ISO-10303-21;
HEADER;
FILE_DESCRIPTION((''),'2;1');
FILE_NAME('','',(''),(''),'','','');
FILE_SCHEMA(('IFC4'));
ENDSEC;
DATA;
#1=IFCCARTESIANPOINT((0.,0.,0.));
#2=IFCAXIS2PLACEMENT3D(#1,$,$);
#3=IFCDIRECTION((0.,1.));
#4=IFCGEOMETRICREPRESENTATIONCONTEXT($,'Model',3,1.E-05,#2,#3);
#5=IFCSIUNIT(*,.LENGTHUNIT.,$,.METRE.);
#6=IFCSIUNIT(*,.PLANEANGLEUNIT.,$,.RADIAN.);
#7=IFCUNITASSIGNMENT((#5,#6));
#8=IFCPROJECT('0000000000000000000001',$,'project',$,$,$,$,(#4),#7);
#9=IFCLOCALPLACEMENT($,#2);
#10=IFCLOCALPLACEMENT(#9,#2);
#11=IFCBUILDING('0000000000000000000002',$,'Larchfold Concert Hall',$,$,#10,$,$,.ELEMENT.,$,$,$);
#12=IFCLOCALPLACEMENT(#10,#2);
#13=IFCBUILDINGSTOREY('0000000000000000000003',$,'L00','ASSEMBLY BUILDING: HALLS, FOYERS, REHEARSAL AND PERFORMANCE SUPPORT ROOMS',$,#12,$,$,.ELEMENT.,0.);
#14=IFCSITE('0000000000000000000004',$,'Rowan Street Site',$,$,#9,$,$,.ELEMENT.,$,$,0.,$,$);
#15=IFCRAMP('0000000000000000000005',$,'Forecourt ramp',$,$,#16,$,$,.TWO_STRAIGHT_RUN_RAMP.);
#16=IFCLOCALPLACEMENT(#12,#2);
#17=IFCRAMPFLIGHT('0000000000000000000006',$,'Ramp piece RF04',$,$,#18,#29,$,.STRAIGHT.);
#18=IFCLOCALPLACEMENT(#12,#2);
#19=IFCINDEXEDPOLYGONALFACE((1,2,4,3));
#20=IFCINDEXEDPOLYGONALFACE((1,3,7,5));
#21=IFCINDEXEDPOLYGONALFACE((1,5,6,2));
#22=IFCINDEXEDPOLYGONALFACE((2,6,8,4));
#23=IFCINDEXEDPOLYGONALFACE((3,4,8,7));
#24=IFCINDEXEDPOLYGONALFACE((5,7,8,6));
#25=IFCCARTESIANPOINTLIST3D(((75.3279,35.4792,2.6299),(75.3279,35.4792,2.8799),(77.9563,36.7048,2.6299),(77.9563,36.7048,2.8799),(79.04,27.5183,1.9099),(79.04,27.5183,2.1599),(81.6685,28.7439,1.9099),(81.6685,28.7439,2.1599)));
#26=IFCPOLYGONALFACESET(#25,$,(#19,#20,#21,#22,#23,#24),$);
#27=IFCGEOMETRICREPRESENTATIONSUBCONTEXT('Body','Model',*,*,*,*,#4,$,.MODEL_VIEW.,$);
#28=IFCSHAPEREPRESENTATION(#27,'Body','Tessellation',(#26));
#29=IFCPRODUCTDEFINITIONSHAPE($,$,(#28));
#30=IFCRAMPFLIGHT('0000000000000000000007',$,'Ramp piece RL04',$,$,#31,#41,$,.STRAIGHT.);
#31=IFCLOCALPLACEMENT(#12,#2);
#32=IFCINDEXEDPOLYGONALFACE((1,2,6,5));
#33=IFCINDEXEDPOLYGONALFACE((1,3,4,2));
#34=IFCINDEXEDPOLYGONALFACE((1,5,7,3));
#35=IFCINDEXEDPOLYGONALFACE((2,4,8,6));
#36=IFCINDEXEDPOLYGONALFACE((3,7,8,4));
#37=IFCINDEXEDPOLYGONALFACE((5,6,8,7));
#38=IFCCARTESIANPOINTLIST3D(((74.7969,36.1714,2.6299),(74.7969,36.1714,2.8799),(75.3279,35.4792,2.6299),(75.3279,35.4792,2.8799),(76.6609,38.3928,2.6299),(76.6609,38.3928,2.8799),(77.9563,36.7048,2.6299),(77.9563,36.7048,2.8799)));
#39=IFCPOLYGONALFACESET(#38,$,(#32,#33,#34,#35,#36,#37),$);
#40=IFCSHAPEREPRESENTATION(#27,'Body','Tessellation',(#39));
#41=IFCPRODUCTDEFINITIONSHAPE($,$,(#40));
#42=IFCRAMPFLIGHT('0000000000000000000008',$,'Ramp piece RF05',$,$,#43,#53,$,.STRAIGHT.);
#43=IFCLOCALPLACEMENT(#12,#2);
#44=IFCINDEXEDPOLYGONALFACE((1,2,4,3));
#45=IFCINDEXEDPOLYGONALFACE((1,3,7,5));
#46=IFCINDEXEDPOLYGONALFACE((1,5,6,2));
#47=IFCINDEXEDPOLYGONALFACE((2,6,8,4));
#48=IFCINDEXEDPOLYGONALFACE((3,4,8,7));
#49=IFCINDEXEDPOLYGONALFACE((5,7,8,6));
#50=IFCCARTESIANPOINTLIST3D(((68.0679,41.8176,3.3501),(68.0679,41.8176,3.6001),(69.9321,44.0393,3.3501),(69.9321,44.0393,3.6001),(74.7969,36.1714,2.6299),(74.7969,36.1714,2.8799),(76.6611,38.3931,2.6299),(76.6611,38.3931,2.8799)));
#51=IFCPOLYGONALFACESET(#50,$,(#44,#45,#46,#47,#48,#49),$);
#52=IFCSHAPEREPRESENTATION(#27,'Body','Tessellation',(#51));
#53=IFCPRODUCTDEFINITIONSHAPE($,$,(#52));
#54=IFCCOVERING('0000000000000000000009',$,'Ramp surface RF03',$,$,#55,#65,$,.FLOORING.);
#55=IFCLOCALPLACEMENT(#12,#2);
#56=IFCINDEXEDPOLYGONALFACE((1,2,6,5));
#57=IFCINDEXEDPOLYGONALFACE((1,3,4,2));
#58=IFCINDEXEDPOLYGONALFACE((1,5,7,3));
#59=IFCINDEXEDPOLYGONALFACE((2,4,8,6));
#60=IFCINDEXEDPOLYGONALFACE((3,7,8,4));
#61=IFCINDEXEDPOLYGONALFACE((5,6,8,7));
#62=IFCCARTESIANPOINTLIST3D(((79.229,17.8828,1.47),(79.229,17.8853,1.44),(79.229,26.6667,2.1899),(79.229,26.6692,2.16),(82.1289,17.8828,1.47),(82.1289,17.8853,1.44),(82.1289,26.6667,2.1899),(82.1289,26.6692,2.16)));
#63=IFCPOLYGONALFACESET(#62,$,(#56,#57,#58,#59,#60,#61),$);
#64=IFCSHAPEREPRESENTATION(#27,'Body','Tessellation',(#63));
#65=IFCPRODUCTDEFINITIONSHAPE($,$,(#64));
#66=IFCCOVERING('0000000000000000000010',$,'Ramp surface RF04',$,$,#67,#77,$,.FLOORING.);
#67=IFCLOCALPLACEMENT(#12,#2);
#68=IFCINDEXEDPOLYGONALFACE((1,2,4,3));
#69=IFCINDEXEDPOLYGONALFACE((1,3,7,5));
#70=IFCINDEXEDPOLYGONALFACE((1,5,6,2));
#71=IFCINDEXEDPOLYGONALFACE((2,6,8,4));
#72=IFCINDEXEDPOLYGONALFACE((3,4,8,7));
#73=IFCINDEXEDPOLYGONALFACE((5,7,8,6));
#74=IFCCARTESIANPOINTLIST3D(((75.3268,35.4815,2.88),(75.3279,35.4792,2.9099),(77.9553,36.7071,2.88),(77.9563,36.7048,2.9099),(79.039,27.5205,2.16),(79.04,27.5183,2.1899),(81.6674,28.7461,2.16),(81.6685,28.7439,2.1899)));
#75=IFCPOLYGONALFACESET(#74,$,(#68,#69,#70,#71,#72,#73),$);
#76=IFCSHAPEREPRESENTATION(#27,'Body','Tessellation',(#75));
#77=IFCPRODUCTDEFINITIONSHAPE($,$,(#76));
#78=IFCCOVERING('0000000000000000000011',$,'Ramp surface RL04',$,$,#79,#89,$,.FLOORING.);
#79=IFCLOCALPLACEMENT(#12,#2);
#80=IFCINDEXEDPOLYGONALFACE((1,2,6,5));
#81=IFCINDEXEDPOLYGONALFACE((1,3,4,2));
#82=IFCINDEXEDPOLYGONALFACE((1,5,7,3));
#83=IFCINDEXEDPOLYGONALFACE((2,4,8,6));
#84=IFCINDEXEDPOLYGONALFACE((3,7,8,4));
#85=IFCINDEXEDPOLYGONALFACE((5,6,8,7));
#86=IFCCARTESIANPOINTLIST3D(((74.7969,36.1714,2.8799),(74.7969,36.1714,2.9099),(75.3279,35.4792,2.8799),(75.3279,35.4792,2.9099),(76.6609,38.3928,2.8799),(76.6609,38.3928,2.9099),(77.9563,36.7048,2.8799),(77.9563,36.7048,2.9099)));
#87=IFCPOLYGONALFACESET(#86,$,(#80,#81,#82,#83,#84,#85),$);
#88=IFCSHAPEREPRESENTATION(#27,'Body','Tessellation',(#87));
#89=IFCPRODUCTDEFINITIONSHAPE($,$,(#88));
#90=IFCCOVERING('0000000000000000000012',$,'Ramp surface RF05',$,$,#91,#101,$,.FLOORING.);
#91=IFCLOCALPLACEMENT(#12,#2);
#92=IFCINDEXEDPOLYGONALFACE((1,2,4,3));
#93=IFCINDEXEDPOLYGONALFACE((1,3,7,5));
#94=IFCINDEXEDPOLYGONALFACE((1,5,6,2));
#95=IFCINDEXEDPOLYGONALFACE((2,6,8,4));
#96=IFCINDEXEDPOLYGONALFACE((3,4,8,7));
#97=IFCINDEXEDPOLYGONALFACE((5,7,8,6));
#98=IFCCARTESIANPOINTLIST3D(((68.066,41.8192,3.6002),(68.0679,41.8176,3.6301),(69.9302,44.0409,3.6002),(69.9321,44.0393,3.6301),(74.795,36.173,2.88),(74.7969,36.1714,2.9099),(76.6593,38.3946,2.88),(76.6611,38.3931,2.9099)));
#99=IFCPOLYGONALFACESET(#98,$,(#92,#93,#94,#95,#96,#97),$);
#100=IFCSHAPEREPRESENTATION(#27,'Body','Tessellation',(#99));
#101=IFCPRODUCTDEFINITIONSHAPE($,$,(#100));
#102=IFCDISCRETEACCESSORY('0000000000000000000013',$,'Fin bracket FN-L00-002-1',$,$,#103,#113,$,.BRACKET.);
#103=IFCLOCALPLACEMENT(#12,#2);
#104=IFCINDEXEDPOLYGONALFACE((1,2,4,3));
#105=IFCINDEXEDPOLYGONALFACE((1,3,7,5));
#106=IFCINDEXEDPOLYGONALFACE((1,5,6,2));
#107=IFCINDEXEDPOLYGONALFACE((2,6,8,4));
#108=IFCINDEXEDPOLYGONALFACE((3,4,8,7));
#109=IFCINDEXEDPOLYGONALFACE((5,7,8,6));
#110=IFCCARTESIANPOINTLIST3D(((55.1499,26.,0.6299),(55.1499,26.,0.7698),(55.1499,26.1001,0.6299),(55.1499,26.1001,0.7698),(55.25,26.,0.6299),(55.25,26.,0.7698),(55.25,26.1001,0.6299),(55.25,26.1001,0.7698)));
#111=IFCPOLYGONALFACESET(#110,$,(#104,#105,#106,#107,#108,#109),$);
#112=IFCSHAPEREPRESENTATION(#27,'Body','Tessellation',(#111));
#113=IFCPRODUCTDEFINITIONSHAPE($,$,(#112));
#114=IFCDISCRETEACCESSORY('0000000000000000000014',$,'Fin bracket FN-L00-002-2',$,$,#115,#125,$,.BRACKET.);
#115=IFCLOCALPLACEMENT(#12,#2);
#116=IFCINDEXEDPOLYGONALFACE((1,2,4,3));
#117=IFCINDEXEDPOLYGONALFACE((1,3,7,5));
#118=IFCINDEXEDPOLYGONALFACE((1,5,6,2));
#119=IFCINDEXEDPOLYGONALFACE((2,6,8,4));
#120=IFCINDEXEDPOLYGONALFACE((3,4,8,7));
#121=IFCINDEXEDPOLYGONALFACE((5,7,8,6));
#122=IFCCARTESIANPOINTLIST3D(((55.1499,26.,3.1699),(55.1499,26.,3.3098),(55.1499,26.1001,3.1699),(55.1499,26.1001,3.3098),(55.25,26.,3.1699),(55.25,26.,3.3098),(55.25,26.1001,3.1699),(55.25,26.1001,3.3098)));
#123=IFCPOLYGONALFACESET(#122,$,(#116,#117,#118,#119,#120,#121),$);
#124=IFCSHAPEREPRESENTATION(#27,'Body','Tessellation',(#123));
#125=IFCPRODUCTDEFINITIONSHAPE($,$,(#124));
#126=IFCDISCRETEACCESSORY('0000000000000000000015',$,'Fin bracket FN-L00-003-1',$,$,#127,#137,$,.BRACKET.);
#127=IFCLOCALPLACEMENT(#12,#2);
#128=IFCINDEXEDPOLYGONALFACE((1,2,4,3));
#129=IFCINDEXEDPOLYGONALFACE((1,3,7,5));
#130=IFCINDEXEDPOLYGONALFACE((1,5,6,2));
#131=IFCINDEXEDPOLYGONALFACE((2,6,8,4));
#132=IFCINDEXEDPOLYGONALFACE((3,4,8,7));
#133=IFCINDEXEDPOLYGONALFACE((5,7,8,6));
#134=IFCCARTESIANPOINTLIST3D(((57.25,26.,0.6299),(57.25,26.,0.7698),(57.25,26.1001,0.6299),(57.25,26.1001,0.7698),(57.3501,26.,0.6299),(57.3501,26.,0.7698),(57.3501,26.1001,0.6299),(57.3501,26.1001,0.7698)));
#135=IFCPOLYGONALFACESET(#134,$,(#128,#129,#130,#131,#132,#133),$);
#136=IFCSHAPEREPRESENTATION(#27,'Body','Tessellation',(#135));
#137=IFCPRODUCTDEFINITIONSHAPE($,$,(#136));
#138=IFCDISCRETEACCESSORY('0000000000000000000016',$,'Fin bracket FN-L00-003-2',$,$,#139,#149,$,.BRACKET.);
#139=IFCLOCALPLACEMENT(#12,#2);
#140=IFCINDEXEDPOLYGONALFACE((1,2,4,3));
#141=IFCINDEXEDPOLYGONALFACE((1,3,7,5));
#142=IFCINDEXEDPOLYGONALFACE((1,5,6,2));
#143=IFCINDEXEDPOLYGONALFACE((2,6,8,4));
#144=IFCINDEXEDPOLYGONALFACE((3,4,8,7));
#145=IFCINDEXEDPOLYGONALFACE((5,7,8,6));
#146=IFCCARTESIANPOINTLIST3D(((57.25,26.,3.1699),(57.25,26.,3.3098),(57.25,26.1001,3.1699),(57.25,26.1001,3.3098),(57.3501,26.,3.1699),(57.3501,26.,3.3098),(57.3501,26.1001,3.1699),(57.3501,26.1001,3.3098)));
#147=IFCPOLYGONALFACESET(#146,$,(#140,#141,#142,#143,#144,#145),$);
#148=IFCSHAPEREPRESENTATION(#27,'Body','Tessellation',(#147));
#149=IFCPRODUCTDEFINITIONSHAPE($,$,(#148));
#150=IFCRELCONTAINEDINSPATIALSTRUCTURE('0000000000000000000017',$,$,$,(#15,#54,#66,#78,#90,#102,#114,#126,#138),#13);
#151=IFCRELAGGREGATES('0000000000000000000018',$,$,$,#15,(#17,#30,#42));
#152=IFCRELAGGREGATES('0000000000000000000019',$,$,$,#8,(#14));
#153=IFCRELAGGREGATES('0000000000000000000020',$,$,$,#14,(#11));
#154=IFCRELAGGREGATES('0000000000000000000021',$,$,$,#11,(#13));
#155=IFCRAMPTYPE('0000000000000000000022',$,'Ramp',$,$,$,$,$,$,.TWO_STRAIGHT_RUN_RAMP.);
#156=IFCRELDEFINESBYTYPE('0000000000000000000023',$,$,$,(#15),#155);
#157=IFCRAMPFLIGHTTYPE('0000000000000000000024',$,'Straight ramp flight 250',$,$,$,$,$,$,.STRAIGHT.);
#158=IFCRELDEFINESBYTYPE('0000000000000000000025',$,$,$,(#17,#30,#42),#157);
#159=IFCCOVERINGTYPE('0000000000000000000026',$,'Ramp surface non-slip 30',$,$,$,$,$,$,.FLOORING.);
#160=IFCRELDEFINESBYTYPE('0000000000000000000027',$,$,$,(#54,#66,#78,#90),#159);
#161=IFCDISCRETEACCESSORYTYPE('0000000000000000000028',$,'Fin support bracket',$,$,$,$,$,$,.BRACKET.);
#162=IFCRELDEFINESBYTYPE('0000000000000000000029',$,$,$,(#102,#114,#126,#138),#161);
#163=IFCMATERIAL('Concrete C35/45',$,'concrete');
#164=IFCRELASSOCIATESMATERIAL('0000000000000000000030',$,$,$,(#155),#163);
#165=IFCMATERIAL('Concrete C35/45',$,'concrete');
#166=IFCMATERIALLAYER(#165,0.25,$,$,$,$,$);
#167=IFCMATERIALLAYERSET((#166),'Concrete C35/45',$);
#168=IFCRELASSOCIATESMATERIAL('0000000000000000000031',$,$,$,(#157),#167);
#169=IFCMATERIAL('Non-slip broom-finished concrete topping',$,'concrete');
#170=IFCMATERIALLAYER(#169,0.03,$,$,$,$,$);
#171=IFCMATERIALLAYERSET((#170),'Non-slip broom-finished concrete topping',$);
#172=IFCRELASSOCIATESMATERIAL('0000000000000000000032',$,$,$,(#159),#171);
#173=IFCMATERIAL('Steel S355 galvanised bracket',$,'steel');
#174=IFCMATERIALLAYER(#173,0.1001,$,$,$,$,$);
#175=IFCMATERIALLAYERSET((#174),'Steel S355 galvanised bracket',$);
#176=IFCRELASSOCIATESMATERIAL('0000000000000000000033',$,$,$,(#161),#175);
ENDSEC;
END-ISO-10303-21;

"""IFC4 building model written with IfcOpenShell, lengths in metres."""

from ifc_helpers import new_model, si_unit, direction, frame, origin, origin_2d, place, context, subcontext, project, spatial, polyline, rectangle, outline, extrude, material, layer, layer_set, type_object, element, aggregate, save


model = new_model("IFC4")

# Units and contexts
model_context = context("Model", 3, precision=1e-05, world=origin(), true_north=direction((0.0, 1.0)))
body_context = subcontext(model_context, "Body", "Model", "MODEL_VIEW")
ifc_project = project(units=[si_unit("LENGTHUNIT", "METRE"), si_unit("PLANEANGLEUNIT", "RADIAN")], contexts=[model_context])

# Site, building, storey
site_placement = place(None, origin())
site = spatial("IfcSite", under=ifc_project, at=site_placement, Name="Rowan Street Site", CompositionType="ELEMENT", RefElevation=0.0)
building_placement = place(site_placement, origin())
building = spatial("IfcBuilding", under=site, at=building_placement, Name="Larchfold Concert Hall", CompositionType="ELEMENT")
storey_placement = place(building_placement, origin())
storey = spatial("IfcBuildingStorey", under=building, at=storey_placement, Name="L00", Description="ASSEMBLY BUILDING: HALLS, FOYERS, REHEARSAL AND PERFORMANCE SUPPORT ROOMS", CompositionType="ELEMENT", Elevation=0.0)

# Ramp, ramp flights
ifc_material_1 = material(Name="Concrete C35/45", Category="concrete")
ramp_type = type_object("IfcRampType", Name="Ramp", PredefinedType="TWO_STRAIGHT_RUN_RAMP", material=ifc_material_1)
ramp_placement = place(storey_placement, origin())
ramp = element("IfcRamp", 1, at=ramp_placement, inside=storey, type_object=ramp_type, Name="Forecourt ramp", PredefinedType="TWO_STRAIGHT_RUN_RAMP")
ifc_material_2 = material(Name="Concrete C35/45", Category="concrete")
ifc_layer_1 = layer(ifc_material_2, 0.25)
ifc_layer_set_1 = layer_set([ifc_layer_1], Name="Concrete C35/45")
ramp_flight_type = type_object("IfcRampFlightType", Name="Straight ramp flight 250", PredefinedType="STRAIGHT", material=ifc_layer_set_1)
ramp_flight_1_placement = place(storey_placement, frame((79.04, 27.5183, 2.1599), z_axis=(0.034523, -0.074038, 0.996658), x_axis=(-0.421198, 0.903282, 0.081691)))
ramp_flight_1 = element("IfcRampFlight", 2, at=ramp_flight_1_placement, type_object=ramp_flight_type, Name="Ramp piece RF04", PredefinedType="STRAIGHT", context=body_context, shape_type="SweptSolid", body=[
    extrude(outline(polyline([(0.0, 0.0), (8.8133, 0.0), (8.8133, -2.9001), (0.0, -2.9001), (0.0, 0.0)])), origin(), (-0.081691, 0.000001, -0.996658), 0.25),
])
ramp_flight_2_placement = place(storey_placement, frame((75.3279, 35.4792, 2.8799), z_axis=(0.0, 0.0, 1.0), x_axis=(-0.608696, 0.793404, 0.0)))
ramp_flight_2 = element("IfcRampFlight", 3, at=ramp_flight_2_placement, type_object=ramp_flight_type, Name="Ramp piece RL04", PredefinedType="STRAIGHT", context=body_context, shape_type="SweptSolid", body=[
    extrude(outline(polyline([(0.0, 0.0), (0.8724, 0.0), (1.5002, -2.8311), (-0.6275, -2.8314), (0.0, 0.0)])), origin(), (0.0, 0.0, -1.0), 0.25),
])
ramp_flight_3_placement = place(storey_placement, frame((74.7969, 36.1714, 2.8799), z_axis=(0.062598, -0.052527, 0.996656), x_axis=(-0.763486, 0.640634, 0.081717)))
ramp_flight_3 = element("IfcRampFlight", 4, at=ramp_flight_3_placement, type_object=ramp_flight_type, Name="Ramp piece RF05", PredefinedType="STRAIGHT", context=body_context, shape_type="SweptSolid", body=[
    extrude(outline(polyline([(0.0, 0.0), (8.8135, 0.0), (8.8135, -2.9002), (-0.0001, -2.9002), (0.0, 0.0)])), origin(), (-0.081717, 0.000001, -0.996656), 0.25),
])
aggregate(ramp, [ramp_flight_1, ramp_flight_2, ramp_flight_3])

# Coverings
ifc_material_3 = material(Name="Non-slip broom-finished concrete topping", Category="concrete")
ifc_layer_2 = layer(ifc_material_3, 0.03)
ifc_layer_set_2 = layer_set([ifc_layer_2], Name="Non-slip broom-finished concrete topping")
covering_type = type_object("IfcCoveringType", Name="Ramp surface non-slip 30", PredefinedType="FLOORING", material=ifc_layer_set_2)
covering_1_placement = place(storey_placement, frame((79.229, 17.8828, 1.47), z_axis=(0.0, -0.081691, 0.996658), x_axis=(0.0, 0.996658, 0.081691)))
element("IfcCovering", 5, at=covering_1_placement, inside=storey, type_object=covering_type, Name="Ramp surface RF03", PredefinedType="FLOORING", context=body_context, shape_type="SweptSolid", body=[
    extrude(outline(polyline([(0.0, 0.0), (8.8134, 0.0), (8.8134, -2.8999), (0.0, -2.8999), (0.0, 0.0)])), origin(), (0.0, 0.0, -1.0), 0.03),
])
covering_2_placement = place(storey_placement, frame((79.04, 27.5183, 2.1899), z_axis=(0.034523, -0.074038, 0.996658), x_axis=(-0.421198, 0.903282, 0.081691)))
element("IfcCovering", 6, at=covering_2_placement, inside=storey, type_object=covering_type, Name="Ramp surface RF04", PredefinedType="FLOORING", context=body_context, shape_type="SweptSolid", body=[
    extrude(outline(polyline([(0.0, 0.0), (8.8133, 0.0), (8.8133, -2.9001), (0.0, -2.9001), (0.0, 0.0)])), origin(), (0.0, 0.0, -1.0), 0.03),
])
covering_3_placement = place(storey_placement, frame((75.3279, 35.4792, 2.9099), z_axis=(0.0, 0.0, 1.0), x_axis=(-0.608696, 0.793404, 0.0)))
element("IfcCovering", 7, at=covering_3_placement, inside=storey, type_object=covering_type, Name="Ramp surface RL04", PredefinedType="FLOORING", context=body_context, shape_type="SweptSolid", body=[
    extrude(outline(polyline([(0.0, 0.0), (0.8724, 0.0), (1.5002, -2.8311), (-0.6275, -2.8314), (0.0, 0.0)])), origin(), (0.0, 0.0, -1.0), 0.03),
])
covering_4_placement = place(storey_placement, frame((74.7969, 36.1714, 2.9099), z_axis=(0.062598, -0.052527, 0.996656), x_axis=(-0.763486, 0.640634, 0.081717)))
element("IfcCovering", 8, at=covering_4_placement, inside=storey, type_object=covering_type, Name="Ramp surface RF05", PredefinedType="FLOORING", context=body_context, shape_type="SweptSolid", body=[
    extrude(outline(polyline([(0.0, 0.0), (8.8135, 0.0), (8.8135, -2.9002), (-0.0001, -2.9002), (0.0, 0.0)])), origin(), (0.0, 0.0, -1.0), 0.03),
])

# Discrete accessories
ifc_material_4 = material(Name="Steel S355 galvanised bracket", Category="steel")
ifc_layer_3 = layer(ifc_material_4, 0.1001)
ifc_layer_set_3 = layer_set([ifc_layer_3], Name="Steel S355 galvanised bracket")
discrete_accessory_type = type_object("IfcDiscreteAccessoryType", Name="Fin support bracket", PredefinedType="BRACKET", material=ifc_layer_set_3)
for number, where, z_axis, x_axis, name in (
    (9, (55.2, 26.05, 0.6299), (0.0, 0.0, 1.0), (0.0, 1.0, 0.0), "Fin bracket FN-L00-002-1"),
    (10, (55.2, 26.05, 3.1699), (0.0, 0.0, 1.0), (0.0, 1.0, 0.0), "Fin bracket FN-L00-002-2"),
    (11, (57.3, 26.05, 0.6299), (0.0, 0.0, 1.0), (0.0, 1.0, 0.0), "Fin bracket FN-L00-003-1"),
    (12, (57.3, 26.05, 3.1699), (0.0, 0.0, 1.0), (0.0, 1.0, 0.0), "Fin bracket FN-L00-003-2"),
):
    element("IfcDiscreteAccessory", number, at=place(storey_placement, frame(where, z_axis=z_axis, x_axis=x_axis)), inside=storey, type_object=discrete_accessory_type, Name=name, PredefinedType="BRACKET", context=body_context, shape_type="SweptSolid", body=[
        extrude(rectangle(XDim=0.1001, YDim=0.1001, at=origin_2d()), origin(), (0.0, 0.0, 1.0), 0.1399),
    ])

save(model, "model.ifc")
